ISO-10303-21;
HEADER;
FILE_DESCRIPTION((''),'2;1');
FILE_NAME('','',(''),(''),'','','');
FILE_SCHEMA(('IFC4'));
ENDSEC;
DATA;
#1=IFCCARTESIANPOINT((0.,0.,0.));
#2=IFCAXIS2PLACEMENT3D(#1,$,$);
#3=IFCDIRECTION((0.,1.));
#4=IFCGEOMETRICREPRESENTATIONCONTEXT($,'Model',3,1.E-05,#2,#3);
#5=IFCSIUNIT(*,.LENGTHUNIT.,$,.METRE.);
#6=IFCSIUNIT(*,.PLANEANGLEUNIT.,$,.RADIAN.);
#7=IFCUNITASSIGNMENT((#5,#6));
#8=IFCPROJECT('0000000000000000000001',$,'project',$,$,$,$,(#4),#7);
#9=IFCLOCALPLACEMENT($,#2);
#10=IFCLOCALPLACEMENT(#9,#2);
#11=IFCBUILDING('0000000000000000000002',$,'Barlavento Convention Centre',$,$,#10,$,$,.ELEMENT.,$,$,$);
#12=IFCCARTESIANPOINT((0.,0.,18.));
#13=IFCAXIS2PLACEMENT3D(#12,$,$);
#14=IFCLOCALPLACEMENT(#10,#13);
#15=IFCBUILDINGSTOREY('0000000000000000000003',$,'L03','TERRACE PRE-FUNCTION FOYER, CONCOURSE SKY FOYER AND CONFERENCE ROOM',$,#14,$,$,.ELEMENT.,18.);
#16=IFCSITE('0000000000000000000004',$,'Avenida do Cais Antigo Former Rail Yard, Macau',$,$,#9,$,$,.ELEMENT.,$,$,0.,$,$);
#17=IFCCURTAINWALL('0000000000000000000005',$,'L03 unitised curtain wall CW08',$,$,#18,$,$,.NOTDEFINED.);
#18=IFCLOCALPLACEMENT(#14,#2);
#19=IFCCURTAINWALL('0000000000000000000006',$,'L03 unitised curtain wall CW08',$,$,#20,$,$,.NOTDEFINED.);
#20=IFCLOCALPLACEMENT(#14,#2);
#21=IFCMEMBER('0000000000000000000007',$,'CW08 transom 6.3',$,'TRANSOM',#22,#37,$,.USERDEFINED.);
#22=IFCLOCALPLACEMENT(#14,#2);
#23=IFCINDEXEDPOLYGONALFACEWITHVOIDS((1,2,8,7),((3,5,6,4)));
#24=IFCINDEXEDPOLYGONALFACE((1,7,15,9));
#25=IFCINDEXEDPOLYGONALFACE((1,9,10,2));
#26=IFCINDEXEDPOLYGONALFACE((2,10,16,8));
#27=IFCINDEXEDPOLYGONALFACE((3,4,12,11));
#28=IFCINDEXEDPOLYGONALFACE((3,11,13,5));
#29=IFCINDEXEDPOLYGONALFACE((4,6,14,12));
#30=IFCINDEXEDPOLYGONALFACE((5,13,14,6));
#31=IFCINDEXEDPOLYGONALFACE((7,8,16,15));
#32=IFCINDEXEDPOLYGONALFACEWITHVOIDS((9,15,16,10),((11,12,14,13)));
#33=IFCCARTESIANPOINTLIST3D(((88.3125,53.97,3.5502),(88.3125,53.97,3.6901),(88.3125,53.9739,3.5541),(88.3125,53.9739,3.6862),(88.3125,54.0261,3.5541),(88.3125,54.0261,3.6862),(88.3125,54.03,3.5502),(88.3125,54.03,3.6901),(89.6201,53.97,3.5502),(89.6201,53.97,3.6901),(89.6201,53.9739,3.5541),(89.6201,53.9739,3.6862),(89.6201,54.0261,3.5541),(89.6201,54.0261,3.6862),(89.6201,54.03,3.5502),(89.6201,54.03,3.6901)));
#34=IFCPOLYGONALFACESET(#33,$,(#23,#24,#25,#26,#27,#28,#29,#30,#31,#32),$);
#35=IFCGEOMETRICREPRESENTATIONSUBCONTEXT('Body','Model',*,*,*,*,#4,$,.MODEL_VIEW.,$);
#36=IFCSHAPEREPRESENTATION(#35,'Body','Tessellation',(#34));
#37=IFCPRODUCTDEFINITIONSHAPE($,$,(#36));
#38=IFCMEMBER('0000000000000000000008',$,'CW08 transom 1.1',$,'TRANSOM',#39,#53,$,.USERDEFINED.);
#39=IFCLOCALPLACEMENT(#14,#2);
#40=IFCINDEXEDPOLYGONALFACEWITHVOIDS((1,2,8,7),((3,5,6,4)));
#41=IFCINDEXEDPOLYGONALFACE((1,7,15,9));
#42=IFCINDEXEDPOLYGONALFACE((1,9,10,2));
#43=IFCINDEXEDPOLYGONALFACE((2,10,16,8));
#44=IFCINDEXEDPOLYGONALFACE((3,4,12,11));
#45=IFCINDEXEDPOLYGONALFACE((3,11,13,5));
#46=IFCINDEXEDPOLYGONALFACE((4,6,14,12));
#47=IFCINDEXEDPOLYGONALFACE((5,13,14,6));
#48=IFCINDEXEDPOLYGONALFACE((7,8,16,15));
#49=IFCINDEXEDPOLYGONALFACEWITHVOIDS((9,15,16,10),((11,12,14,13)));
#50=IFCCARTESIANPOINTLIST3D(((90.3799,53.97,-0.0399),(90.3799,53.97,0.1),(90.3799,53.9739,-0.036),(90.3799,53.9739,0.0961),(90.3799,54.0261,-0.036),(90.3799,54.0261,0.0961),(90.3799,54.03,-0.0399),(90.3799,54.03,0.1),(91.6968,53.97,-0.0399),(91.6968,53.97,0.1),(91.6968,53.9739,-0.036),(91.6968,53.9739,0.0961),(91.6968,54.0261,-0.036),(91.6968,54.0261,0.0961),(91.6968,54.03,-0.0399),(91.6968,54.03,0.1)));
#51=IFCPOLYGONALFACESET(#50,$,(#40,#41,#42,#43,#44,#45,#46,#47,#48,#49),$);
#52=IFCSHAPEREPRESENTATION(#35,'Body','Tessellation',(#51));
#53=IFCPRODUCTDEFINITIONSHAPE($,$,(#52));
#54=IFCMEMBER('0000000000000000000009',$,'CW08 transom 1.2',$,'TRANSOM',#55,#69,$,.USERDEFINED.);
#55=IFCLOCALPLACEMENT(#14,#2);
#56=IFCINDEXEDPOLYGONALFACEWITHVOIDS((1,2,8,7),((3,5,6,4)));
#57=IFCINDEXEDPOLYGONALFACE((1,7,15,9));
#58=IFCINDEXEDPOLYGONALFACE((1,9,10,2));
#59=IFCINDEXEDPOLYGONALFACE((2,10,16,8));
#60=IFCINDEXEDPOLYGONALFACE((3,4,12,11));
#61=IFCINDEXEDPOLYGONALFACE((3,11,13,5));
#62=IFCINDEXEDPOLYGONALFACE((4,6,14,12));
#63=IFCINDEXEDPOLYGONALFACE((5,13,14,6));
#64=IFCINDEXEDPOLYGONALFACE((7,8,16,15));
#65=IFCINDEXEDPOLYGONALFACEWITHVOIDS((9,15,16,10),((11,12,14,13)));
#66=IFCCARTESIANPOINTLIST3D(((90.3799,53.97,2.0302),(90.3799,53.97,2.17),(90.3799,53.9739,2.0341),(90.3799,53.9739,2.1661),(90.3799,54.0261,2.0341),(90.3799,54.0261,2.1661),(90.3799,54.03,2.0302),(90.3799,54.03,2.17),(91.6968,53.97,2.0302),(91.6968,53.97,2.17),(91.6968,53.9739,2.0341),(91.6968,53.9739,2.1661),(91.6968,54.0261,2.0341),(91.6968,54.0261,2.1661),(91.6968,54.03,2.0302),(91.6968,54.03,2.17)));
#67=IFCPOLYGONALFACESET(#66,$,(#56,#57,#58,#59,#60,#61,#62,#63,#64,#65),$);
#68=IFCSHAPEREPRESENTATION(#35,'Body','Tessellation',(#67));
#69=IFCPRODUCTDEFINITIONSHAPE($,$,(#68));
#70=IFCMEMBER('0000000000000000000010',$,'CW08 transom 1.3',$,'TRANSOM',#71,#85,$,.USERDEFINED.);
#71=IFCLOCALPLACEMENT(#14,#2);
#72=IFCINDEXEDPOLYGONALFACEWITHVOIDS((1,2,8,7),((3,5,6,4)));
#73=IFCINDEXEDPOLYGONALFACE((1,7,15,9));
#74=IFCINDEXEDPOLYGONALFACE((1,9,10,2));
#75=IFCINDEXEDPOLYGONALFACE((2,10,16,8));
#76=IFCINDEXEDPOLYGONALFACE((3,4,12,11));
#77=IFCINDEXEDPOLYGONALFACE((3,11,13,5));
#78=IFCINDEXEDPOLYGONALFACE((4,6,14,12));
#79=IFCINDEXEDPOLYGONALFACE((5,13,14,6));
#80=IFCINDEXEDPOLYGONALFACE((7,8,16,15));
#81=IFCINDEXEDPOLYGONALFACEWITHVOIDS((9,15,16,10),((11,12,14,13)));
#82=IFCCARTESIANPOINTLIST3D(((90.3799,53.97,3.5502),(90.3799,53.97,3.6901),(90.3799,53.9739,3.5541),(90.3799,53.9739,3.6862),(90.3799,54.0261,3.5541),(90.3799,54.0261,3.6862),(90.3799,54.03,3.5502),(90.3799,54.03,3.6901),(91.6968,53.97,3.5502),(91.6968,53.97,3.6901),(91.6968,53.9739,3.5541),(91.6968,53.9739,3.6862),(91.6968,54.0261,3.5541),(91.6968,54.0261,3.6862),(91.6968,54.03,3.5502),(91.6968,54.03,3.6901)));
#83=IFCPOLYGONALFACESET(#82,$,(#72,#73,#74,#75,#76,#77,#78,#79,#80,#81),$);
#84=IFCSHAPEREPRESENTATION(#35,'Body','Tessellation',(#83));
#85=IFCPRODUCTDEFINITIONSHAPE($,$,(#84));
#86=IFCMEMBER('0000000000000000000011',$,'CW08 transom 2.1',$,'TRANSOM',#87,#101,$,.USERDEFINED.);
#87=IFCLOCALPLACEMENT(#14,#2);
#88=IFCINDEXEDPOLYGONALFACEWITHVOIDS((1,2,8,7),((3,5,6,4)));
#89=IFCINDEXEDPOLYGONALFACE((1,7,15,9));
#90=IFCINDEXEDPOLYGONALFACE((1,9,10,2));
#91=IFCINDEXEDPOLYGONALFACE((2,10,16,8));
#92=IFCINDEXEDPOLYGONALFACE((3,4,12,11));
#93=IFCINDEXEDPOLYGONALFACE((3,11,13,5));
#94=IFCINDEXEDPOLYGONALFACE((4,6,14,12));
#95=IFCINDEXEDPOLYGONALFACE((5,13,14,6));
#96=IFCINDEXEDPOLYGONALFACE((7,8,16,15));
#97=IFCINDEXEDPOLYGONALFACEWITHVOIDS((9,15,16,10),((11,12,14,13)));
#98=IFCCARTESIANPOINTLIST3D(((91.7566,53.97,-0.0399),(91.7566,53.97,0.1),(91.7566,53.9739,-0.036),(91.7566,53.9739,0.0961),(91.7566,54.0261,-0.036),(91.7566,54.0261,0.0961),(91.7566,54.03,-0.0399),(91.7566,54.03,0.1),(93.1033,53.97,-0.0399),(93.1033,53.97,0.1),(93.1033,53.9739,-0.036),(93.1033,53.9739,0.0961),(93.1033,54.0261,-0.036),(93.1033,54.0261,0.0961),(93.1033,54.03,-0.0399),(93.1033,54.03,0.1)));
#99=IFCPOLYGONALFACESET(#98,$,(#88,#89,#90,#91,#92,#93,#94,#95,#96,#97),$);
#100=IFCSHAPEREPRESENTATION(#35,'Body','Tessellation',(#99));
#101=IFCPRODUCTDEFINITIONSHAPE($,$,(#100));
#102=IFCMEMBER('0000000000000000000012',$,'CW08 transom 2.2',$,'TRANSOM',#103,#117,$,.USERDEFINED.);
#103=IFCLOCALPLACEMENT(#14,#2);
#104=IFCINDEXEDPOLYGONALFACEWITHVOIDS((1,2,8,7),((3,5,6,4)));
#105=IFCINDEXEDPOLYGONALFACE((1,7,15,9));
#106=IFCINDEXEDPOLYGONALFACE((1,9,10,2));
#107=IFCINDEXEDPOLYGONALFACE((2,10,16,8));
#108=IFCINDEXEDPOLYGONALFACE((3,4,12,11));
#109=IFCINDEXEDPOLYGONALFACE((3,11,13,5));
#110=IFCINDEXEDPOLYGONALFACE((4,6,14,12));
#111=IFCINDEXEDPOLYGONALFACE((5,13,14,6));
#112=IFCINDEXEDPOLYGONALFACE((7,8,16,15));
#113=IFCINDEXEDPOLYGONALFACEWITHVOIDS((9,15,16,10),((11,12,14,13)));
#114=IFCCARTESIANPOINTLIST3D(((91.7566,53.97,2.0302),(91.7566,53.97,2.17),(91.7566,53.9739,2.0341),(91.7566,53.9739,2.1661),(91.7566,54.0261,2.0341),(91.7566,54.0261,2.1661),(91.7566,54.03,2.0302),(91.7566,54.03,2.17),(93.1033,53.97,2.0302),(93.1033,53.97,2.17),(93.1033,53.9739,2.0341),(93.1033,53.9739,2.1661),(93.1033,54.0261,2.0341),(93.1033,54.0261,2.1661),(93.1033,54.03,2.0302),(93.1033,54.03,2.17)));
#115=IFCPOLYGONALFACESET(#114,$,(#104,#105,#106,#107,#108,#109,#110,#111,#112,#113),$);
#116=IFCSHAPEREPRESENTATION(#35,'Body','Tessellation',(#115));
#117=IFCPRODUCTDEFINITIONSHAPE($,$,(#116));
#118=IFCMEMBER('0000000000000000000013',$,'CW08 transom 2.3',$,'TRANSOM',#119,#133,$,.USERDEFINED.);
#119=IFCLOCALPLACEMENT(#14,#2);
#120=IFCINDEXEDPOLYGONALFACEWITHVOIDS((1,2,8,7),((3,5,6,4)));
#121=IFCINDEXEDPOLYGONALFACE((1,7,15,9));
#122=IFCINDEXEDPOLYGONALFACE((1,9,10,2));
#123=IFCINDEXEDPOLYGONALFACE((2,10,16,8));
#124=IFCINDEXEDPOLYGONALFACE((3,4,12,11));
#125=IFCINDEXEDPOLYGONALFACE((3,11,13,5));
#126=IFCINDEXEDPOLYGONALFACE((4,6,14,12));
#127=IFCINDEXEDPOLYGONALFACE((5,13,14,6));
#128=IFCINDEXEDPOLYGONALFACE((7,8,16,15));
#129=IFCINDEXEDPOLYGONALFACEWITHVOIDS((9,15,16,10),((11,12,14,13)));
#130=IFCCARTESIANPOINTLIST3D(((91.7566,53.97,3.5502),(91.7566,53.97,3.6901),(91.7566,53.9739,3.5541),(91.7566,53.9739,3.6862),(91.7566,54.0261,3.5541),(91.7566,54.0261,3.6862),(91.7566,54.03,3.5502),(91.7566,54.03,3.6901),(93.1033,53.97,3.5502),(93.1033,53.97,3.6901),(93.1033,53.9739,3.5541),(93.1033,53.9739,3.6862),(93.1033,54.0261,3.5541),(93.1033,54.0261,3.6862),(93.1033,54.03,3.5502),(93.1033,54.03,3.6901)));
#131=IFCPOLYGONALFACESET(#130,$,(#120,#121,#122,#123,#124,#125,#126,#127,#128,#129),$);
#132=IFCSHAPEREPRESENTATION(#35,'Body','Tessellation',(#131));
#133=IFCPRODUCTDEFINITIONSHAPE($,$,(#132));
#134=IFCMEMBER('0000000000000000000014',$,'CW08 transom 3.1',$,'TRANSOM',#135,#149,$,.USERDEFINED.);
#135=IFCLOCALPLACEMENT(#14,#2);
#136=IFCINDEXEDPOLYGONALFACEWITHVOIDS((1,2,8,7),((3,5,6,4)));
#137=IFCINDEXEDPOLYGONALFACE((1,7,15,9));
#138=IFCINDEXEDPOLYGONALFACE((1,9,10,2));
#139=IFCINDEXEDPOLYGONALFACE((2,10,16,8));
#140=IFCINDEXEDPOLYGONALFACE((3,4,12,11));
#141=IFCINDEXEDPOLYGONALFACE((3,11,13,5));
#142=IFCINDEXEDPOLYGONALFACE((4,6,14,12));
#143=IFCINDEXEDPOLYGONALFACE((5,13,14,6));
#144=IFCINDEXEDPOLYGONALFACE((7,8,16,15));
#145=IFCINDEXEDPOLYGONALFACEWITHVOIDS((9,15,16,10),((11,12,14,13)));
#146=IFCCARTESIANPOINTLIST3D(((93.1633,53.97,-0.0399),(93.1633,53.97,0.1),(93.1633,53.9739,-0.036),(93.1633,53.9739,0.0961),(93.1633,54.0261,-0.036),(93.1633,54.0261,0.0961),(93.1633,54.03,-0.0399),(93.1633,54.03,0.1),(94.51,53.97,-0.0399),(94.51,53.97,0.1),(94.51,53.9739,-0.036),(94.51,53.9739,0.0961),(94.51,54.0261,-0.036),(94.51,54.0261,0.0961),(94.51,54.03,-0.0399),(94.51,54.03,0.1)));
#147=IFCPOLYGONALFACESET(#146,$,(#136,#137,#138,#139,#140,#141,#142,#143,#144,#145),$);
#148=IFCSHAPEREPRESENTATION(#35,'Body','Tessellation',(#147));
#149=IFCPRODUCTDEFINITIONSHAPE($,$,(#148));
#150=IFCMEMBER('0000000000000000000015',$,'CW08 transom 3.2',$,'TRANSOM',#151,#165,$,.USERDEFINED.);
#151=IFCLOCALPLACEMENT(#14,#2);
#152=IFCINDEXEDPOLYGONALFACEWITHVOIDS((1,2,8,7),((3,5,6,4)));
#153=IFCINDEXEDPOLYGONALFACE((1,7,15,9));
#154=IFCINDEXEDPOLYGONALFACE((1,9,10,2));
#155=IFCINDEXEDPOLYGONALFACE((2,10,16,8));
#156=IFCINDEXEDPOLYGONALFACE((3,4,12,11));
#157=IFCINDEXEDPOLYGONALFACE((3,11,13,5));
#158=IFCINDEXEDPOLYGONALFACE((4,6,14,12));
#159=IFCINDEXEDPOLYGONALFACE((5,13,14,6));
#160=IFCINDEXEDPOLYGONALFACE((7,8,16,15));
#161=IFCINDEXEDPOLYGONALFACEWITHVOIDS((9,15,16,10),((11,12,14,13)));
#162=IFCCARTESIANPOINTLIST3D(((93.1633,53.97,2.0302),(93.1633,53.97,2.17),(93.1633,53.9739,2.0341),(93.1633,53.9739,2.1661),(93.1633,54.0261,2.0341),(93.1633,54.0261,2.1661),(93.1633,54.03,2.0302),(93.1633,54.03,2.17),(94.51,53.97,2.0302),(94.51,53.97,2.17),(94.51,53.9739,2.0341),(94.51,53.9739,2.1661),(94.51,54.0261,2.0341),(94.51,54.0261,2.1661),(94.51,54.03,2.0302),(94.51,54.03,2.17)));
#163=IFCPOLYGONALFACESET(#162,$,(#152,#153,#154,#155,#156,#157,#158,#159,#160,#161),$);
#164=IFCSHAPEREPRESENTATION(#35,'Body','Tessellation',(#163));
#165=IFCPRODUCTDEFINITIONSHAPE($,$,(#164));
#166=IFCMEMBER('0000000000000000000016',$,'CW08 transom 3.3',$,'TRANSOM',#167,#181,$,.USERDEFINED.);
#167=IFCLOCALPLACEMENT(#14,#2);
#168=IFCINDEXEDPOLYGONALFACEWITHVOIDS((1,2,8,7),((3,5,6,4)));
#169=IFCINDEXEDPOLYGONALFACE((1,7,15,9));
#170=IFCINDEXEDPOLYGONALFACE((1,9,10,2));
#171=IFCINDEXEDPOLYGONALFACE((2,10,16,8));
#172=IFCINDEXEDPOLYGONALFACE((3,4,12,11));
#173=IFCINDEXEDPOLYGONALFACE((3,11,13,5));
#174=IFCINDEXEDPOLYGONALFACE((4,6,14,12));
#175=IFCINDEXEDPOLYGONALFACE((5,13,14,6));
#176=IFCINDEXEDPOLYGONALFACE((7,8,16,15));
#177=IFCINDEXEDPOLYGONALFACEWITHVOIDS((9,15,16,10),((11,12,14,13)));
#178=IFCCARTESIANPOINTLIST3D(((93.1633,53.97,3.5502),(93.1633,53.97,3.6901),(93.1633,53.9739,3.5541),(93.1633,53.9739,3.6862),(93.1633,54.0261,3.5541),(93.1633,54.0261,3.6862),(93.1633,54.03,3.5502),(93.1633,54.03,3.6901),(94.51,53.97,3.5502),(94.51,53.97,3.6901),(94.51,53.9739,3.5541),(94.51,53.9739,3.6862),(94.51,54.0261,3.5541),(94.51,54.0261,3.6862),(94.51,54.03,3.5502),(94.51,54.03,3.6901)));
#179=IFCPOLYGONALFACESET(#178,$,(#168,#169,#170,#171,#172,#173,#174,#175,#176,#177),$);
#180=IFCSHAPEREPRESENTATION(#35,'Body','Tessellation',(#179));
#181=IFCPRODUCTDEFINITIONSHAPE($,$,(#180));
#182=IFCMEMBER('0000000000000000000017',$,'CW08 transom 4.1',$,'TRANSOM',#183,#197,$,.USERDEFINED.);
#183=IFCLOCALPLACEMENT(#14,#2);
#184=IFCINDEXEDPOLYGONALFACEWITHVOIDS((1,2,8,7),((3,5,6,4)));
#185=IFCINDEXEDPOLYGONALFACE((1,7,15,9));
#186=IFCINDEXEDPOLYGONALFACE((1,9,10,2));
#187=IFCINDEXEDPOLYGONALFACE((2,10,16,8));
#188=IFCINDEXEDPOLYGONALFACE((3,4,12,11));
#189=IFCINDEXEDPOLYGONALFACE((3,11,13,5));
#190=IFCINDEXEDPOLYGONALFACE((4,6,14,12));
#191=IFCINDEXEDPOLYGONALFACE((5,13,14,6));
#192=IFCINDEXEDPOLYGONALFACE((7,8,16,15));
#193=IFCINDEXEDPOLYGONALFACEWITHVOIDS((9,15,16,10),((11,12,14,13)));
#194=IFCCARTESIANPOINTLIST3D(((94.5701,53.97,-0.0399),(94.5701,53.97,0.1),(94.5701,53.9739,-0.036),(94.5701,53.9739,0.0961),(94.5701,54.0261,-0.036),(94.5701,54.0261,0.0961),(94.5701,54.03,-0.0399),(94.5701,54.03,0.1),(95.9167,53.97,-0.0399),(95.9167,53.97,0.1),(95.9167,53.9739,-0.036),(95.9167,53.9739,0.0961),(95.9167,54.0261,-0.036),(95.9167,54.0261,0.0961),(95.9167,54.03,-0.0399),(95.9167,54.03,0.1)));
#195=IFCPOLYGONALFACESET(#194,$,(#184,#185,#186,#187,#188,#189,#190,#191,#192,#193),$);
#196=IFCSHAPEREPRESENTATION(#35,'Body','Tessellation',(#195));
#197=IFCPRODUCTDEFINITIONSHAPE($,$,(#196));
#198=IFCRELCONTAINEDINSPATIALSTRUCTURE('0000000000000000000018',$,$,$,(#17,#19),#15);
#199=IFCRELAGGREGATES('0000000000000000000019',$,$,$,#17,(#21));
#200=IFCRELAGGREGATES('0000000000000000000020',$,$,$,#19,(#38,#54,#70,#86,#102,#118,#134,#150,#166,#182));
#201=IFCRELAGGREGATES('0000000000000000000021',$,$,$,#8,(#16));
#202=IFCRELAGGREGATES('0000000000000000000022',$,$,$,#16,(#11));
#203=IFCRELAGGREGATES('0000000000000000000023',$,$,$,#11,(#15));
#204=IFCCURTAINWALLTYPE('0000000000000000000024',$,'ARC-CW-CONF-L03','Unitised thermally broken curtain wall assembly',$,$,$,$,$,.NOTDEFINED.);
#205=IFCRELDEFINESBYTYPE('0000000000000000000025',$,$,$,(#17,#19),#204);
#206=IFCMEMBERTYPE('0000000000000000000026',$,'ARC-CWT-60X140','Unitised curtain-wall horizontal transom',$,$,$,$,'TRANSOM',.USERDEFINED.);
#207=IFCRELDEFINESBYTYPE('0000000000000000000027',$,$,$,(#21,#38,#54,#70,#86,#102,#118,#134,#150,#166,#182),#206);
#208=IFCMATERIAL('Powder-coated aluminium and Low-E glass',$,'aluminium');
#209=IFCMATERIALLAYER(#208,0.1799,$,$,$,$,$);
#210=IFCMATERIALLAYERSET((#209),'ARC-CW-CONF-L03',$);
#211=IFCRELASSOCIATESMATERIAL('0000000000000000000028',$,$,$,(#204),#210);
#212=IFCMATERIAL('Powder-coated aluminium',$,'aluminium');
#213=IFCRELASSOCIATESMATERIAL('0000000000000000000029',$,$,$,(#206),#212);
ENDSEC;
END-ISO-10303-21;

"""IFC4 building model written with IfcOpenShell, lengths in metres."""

from ifc_helpers import new_model, si_unit, direction, frame, origin, origin_2d, place, context, subcontext, project, spatial, hollow_rectangle, extrude, material, layer, layer_set, material_profile, profile_set, type_object, element, aggregate, save


model = new_model("IFC4")

# Units and contexts
model_context = context("Model", 3, precision=1e-05, world=origin(), true_north=direction((0.0, 1.0)))
body_context = subcontext(model_context, "Body", "Model", "MODEL_VIEW")
ifc_project = project(units=[si_unit("LENGTHUNIT", "METRE"), si_unit("PLANEANGLEUNIT", "RADIAN")], contexts=[model_context])

# Site, building, storey
site_placement = place(None, origin())
site = spatial("IfcSite", under=ifc_project, at=site_placement, Name="Avenida do Cais Antigo Former Rail Yard, Macau", CompositionType="ELEMENT", RefElevation=0.0)
building_placement = place(site_placement, origin())
building = spatial("IfcBuilding", under=site, at=building_placement, Name="Barlavento Convention Centre", CompositionType="ELEMENT")
storey_placement = place(building_placement, frame((0.0, 0.0, 18.0)))
storey = spatial("IfcBuildingStorey", under=building, at=storey_placement, Name="L03", Description="TERRACE PRE-FUNCTION FOYER, CONCOURSE SKY FOYER AND CONFERENCE ROOM", CompositionType="ELEMENT", Elevation=18.0)

# Curtain walls
ifc_material_1 = material(Name="Powder-coated aluminium and Low-E glass", Category="aluminium")
ifc_layer_1 = layer(ifc_material_1, 0.1799)
ifc_layer_set_1 = layer_set([ifc_layer_1], Name="ARC-CW-CONF-L03")
curtain_wall_type = type_object("IfcCurtainWallType", Name="ARC-CW-CONF-L03", Description="Unitised thermally broken curtain wall assembly", PredefinedType="NOTDEFINED", material=ifc_layer_set_1)
curtain_wall_1_placement = place(storey_placement, origin())
curtain_wall_1 = element("IfcCurtainWall", 1, at=curtain_wall_1_placement, inside=storey, type_object=curtain_wall_type, Name="L03 unitised curtain wall CW08", PredefinedType="NOTDEFINED")
ifc_material_2 = material(Name="Powder-coated aluminium", Category="aluminium")
curtain_wall_2_placement = place(storey_placement, origin())
curtain_wall_2 = element("IfcCurtainWall", 2, at=curtain_wall_2_placement, inside=storey, type_object=curtain_wall_type, Name="L03 unitised curtain wall CW08", PredefinedType="NOTDEFINED")

# Members
ifc_material_profile_1 = material_profile(ifc_material_2, hollow_rectangle(XDim=0.0601, YDim=0.1399, WallThickness=0.0039, at=origin_2d()), Name="AL-TRAN 60x140x4")
ifc_profile_set_1 = profile_set([ifc_material_profile_1], Name="Powder-coated aluminium")
member_type_1 = type_object("IfcMemberType", Name="ARC-CWT-60X140", Description="Unitised curtain-wall horizontal transom", ElementType="TRANSOM", PredefinedType="USERDEFINED", material=ifc_profile_set_1)
member_1_placement = place(storey_placement, frame((88.3125, 54.0, 3.6201), z_axis=(1.0, 0.0, 0.0), x_axis=(0.0, 1.0, 0.0)))
member_1 = element("IfcMember", 3, at=member_1_placement, type_object=member_type_1, Name="CW08 transom 6.3", ObjectType="TRANSOM", PredefinedType="USERDEFINED", context=body_context, shape_type="SweptSolid", body=[
    extrude(hollow_rectangle(XDim=0.0601, YDim=0.1399, WallThickness=0.0039, at=origin_2d()), origin(), (0.0, 0.0, 1.0), 1.3076),
])
member_2_placement = place(storey_placement, frame((90.3799, 54.0, 0.03), z_axis=(1.0, 0.0, 0.0), x_axis=(0.0, 1.0, 0.0)))
member_2 = element("IfcMember", 4, at=member_2_placement, type_object=member_type_1, Name="CW08 transom 1.1", ObjectType="TRANSOM", PredefinedType="USERDEFINED", context=body_context, shape_type="SweptSolid", body=[
    extrude(hollow_rectangle(XDim=0.0601, YDim=0.1399, WallThickness=0.0039, at=origin_2d()), origin(), (0.0, 0.0, 1.0), 1.3169),
])
member_3_placement = place(storey_placement, frame((90.3799, 54.0, 2.1001), z_axis=(1.0, 0.0, 0.0), x_axis=(0.0, 1.0, 0.0)))
member_3 = element("IfcMember", 5, at=member_3_placement, type_object=member_type_1, Name="CW08 transom 1.2", ObjectType="TRANSOM", PredefinedType="USERDEFINED", context=body_context, shape_type="SweptSolid", body=[
    extrude(hollow_rectangle(XDim=0.0601, YDim=0.1399, WallThickness=0.0039, at=origin_2d()), origin(), (0.0, 0.0, 1.0), 1.3169),
])
member_4_placement = place(storey_placement, frame((90.3799, 54.0, 3.6201), z_axis=(1.0, 0.0, 0.0), x_axis=(0.0, 1.0, 0.0)))
member_4 = element("IfcMember", 6, at=member_4_placement, type_object=member_type_1, Name="CW08 transom 1.3", ObjectType="TRANSOM", PredefinedType="USERDEFINED", context=body_context, shape_type="SweptSolid", body=[
    extrude(hollow_rectangle(XDim=0.0601, YDim=0.1399, WallThickness=0.0039, at=origin_2d()), origin(), (0.0, 0.0, 1.0), 1.3169),
])
member_5_placement = place(storey_placement, frame((91.7566, 54.0, 0.03), z_axis=(1.0, 0.0, 0.0), x_axis=(0.0, 1.0, 0.0)))
member_5 = element("IfcMember", 7, at=member_5_placement, type_object=member_type_1, Name="CW08 transom 2.1", ObjectType="TRANSOM", PredefinedType="USERDEFINED", context=body_context, shape_type="SweptSolid", body=[
    extrude(hollow_rectangle(XDim=0.0601, YDim=0.1399, WallThickness=0.0039, at=origin_2d()), origin(), (0.0, 0.0, 1.0), 1.3467),
])
member_6_placement = place(storey_placement, frame((91.7566, 54.0, 2.1001), z_axis=(1.0, 0.0, 0.0), x_axis=(0.0, 1.0, 0.0)))
member_6 = element("IfcMember", 8, at=member_6_placement, type_object=member_type_1, Name="CW08 transom 2.2", ObjectType="TRANSOM", PredefinedType="USERDEFINED", context=body_context, shape_type="SweptSolid", body=[
    extrude(hollow_rectangle(XDim=0.0601, YDim=0.1399, WallThickness=0.0039, at=origin_2d()), origin(), (0.0, 0.0, 1.0), 1.3467),
])
member_7_placement = place(storey_placement, frame((91.7566, 54.0, 3.6201), z_axis=(1.0, 0.0, 0.0), x_axis=(0.0, 1.0, 0.0)))
member_7 = element("IfcMember", 9, at=member_7_placement, type_object=member_type_1, Name="CW08 transom 2.3", ObjectType="TRANSOM", PredefinedType="USERDEFINED", context=body_context, shape_type="SweptSolid", body=[
    extrude(hollow_rectangle(XDim=0.0601, YDim=0.1399, WallThickness=0.0039, at=origin_2d()), origin(), (0.0, 0.0, 1.0), 1.3467),
])
member_8_placement = place(storey_placement, frame((93.1633, 54.0, 0.03), z_axis=(1.0, 0.0, 0.0), x_axis=(0.0, 1.0, 0.0)))
member_8 = element("IfcMember", 10, at=member_8_placement, type_object=member_type_1, Name="CW08 transom 3.1", ObjectType="TRANSOM", PredefinedType="USERDEFINED", context=body_context, shape_type="SweptSolid", body=[
    extrude(hollow_rectangle(XDim=0.0601, YDim=0.1399, WallThickness=0.0039, at=origin_2d()), origin(), (0.0, 0.0, 1.0), 1.3467),
])
member_9_placement = place(storey_placement, frame((93.1633, 54.0, 2.1001), z_axis=(1.0, 0.0, 0.0), x_axis=(0.0, 1.0, 0.0)))
member_9 = element("IfcMember", 11, at=member_9_placement, type_object=member_type_1, Name="CW08 transom 3.2", ObjectType="TRANSOM", PredefinedType="USERDEFINED", context=body_context, shape_type="SweptSolid", body=[
    extrude(hollow_rectangle(XDim=0.0601, YDim=0.1399, WallThickness=0.0039, at=origin_2d()), origin(), (0.0, 0.0, 1.0), 1.3467),
])
member_10_placement = place(storey_placement, frame((93.1633, 54.0, 3.6201), z_axis=(1.0, 0.0, 0.0), x_axis=(0.0, 1.0, 0.0)))
member_10 = element("IfcMember", 12, at=member_10_placement, type_object=member_type_1, Name="CW08 transom 3.3", ObjectType="TRANSOM", PredefinedType="USERDEFINED", context=body_context, shape_type="SweptSolid", body=[
    extrude(hollow_rectangle(XDim=0.0601, YDim=0.1399, WallThickness=0.0039, at=origin_2d()), origin(), (0.0, 0.0, 1.0), 1.3467),
])
member_11_placement = place(storey_placement, frame((94.5701, 54.0, 0.03), z_axis=(1.0, 0.0, 0.0), x_axis=(0.0, 1.0, 0.0)))
member_11 = element("IfcMember", 13, at=member_11_placement, type_object=member_type_1, Name="CW08 transom 4.1", ObjectType="TRANSOM", PredefinedType="USERDEFINED", context=body_context, shape_type="SweptSolid", body=[
    extrude(hollow_rectangle(XDim=0.0601, YDim=0.1399, WallThickness=0.0039, at=origin_2d()), origin(), (0.0, 0.0, 1.0), 1.3467),
])

aggregate(curtain_wall_1, [member_1])
aggregate(curtain_wall_2, [member_2, member_3, member_4, member_5, member_6, member_7, member_8, member_9, member_10, member_11])

save(model, "model.ifc")
